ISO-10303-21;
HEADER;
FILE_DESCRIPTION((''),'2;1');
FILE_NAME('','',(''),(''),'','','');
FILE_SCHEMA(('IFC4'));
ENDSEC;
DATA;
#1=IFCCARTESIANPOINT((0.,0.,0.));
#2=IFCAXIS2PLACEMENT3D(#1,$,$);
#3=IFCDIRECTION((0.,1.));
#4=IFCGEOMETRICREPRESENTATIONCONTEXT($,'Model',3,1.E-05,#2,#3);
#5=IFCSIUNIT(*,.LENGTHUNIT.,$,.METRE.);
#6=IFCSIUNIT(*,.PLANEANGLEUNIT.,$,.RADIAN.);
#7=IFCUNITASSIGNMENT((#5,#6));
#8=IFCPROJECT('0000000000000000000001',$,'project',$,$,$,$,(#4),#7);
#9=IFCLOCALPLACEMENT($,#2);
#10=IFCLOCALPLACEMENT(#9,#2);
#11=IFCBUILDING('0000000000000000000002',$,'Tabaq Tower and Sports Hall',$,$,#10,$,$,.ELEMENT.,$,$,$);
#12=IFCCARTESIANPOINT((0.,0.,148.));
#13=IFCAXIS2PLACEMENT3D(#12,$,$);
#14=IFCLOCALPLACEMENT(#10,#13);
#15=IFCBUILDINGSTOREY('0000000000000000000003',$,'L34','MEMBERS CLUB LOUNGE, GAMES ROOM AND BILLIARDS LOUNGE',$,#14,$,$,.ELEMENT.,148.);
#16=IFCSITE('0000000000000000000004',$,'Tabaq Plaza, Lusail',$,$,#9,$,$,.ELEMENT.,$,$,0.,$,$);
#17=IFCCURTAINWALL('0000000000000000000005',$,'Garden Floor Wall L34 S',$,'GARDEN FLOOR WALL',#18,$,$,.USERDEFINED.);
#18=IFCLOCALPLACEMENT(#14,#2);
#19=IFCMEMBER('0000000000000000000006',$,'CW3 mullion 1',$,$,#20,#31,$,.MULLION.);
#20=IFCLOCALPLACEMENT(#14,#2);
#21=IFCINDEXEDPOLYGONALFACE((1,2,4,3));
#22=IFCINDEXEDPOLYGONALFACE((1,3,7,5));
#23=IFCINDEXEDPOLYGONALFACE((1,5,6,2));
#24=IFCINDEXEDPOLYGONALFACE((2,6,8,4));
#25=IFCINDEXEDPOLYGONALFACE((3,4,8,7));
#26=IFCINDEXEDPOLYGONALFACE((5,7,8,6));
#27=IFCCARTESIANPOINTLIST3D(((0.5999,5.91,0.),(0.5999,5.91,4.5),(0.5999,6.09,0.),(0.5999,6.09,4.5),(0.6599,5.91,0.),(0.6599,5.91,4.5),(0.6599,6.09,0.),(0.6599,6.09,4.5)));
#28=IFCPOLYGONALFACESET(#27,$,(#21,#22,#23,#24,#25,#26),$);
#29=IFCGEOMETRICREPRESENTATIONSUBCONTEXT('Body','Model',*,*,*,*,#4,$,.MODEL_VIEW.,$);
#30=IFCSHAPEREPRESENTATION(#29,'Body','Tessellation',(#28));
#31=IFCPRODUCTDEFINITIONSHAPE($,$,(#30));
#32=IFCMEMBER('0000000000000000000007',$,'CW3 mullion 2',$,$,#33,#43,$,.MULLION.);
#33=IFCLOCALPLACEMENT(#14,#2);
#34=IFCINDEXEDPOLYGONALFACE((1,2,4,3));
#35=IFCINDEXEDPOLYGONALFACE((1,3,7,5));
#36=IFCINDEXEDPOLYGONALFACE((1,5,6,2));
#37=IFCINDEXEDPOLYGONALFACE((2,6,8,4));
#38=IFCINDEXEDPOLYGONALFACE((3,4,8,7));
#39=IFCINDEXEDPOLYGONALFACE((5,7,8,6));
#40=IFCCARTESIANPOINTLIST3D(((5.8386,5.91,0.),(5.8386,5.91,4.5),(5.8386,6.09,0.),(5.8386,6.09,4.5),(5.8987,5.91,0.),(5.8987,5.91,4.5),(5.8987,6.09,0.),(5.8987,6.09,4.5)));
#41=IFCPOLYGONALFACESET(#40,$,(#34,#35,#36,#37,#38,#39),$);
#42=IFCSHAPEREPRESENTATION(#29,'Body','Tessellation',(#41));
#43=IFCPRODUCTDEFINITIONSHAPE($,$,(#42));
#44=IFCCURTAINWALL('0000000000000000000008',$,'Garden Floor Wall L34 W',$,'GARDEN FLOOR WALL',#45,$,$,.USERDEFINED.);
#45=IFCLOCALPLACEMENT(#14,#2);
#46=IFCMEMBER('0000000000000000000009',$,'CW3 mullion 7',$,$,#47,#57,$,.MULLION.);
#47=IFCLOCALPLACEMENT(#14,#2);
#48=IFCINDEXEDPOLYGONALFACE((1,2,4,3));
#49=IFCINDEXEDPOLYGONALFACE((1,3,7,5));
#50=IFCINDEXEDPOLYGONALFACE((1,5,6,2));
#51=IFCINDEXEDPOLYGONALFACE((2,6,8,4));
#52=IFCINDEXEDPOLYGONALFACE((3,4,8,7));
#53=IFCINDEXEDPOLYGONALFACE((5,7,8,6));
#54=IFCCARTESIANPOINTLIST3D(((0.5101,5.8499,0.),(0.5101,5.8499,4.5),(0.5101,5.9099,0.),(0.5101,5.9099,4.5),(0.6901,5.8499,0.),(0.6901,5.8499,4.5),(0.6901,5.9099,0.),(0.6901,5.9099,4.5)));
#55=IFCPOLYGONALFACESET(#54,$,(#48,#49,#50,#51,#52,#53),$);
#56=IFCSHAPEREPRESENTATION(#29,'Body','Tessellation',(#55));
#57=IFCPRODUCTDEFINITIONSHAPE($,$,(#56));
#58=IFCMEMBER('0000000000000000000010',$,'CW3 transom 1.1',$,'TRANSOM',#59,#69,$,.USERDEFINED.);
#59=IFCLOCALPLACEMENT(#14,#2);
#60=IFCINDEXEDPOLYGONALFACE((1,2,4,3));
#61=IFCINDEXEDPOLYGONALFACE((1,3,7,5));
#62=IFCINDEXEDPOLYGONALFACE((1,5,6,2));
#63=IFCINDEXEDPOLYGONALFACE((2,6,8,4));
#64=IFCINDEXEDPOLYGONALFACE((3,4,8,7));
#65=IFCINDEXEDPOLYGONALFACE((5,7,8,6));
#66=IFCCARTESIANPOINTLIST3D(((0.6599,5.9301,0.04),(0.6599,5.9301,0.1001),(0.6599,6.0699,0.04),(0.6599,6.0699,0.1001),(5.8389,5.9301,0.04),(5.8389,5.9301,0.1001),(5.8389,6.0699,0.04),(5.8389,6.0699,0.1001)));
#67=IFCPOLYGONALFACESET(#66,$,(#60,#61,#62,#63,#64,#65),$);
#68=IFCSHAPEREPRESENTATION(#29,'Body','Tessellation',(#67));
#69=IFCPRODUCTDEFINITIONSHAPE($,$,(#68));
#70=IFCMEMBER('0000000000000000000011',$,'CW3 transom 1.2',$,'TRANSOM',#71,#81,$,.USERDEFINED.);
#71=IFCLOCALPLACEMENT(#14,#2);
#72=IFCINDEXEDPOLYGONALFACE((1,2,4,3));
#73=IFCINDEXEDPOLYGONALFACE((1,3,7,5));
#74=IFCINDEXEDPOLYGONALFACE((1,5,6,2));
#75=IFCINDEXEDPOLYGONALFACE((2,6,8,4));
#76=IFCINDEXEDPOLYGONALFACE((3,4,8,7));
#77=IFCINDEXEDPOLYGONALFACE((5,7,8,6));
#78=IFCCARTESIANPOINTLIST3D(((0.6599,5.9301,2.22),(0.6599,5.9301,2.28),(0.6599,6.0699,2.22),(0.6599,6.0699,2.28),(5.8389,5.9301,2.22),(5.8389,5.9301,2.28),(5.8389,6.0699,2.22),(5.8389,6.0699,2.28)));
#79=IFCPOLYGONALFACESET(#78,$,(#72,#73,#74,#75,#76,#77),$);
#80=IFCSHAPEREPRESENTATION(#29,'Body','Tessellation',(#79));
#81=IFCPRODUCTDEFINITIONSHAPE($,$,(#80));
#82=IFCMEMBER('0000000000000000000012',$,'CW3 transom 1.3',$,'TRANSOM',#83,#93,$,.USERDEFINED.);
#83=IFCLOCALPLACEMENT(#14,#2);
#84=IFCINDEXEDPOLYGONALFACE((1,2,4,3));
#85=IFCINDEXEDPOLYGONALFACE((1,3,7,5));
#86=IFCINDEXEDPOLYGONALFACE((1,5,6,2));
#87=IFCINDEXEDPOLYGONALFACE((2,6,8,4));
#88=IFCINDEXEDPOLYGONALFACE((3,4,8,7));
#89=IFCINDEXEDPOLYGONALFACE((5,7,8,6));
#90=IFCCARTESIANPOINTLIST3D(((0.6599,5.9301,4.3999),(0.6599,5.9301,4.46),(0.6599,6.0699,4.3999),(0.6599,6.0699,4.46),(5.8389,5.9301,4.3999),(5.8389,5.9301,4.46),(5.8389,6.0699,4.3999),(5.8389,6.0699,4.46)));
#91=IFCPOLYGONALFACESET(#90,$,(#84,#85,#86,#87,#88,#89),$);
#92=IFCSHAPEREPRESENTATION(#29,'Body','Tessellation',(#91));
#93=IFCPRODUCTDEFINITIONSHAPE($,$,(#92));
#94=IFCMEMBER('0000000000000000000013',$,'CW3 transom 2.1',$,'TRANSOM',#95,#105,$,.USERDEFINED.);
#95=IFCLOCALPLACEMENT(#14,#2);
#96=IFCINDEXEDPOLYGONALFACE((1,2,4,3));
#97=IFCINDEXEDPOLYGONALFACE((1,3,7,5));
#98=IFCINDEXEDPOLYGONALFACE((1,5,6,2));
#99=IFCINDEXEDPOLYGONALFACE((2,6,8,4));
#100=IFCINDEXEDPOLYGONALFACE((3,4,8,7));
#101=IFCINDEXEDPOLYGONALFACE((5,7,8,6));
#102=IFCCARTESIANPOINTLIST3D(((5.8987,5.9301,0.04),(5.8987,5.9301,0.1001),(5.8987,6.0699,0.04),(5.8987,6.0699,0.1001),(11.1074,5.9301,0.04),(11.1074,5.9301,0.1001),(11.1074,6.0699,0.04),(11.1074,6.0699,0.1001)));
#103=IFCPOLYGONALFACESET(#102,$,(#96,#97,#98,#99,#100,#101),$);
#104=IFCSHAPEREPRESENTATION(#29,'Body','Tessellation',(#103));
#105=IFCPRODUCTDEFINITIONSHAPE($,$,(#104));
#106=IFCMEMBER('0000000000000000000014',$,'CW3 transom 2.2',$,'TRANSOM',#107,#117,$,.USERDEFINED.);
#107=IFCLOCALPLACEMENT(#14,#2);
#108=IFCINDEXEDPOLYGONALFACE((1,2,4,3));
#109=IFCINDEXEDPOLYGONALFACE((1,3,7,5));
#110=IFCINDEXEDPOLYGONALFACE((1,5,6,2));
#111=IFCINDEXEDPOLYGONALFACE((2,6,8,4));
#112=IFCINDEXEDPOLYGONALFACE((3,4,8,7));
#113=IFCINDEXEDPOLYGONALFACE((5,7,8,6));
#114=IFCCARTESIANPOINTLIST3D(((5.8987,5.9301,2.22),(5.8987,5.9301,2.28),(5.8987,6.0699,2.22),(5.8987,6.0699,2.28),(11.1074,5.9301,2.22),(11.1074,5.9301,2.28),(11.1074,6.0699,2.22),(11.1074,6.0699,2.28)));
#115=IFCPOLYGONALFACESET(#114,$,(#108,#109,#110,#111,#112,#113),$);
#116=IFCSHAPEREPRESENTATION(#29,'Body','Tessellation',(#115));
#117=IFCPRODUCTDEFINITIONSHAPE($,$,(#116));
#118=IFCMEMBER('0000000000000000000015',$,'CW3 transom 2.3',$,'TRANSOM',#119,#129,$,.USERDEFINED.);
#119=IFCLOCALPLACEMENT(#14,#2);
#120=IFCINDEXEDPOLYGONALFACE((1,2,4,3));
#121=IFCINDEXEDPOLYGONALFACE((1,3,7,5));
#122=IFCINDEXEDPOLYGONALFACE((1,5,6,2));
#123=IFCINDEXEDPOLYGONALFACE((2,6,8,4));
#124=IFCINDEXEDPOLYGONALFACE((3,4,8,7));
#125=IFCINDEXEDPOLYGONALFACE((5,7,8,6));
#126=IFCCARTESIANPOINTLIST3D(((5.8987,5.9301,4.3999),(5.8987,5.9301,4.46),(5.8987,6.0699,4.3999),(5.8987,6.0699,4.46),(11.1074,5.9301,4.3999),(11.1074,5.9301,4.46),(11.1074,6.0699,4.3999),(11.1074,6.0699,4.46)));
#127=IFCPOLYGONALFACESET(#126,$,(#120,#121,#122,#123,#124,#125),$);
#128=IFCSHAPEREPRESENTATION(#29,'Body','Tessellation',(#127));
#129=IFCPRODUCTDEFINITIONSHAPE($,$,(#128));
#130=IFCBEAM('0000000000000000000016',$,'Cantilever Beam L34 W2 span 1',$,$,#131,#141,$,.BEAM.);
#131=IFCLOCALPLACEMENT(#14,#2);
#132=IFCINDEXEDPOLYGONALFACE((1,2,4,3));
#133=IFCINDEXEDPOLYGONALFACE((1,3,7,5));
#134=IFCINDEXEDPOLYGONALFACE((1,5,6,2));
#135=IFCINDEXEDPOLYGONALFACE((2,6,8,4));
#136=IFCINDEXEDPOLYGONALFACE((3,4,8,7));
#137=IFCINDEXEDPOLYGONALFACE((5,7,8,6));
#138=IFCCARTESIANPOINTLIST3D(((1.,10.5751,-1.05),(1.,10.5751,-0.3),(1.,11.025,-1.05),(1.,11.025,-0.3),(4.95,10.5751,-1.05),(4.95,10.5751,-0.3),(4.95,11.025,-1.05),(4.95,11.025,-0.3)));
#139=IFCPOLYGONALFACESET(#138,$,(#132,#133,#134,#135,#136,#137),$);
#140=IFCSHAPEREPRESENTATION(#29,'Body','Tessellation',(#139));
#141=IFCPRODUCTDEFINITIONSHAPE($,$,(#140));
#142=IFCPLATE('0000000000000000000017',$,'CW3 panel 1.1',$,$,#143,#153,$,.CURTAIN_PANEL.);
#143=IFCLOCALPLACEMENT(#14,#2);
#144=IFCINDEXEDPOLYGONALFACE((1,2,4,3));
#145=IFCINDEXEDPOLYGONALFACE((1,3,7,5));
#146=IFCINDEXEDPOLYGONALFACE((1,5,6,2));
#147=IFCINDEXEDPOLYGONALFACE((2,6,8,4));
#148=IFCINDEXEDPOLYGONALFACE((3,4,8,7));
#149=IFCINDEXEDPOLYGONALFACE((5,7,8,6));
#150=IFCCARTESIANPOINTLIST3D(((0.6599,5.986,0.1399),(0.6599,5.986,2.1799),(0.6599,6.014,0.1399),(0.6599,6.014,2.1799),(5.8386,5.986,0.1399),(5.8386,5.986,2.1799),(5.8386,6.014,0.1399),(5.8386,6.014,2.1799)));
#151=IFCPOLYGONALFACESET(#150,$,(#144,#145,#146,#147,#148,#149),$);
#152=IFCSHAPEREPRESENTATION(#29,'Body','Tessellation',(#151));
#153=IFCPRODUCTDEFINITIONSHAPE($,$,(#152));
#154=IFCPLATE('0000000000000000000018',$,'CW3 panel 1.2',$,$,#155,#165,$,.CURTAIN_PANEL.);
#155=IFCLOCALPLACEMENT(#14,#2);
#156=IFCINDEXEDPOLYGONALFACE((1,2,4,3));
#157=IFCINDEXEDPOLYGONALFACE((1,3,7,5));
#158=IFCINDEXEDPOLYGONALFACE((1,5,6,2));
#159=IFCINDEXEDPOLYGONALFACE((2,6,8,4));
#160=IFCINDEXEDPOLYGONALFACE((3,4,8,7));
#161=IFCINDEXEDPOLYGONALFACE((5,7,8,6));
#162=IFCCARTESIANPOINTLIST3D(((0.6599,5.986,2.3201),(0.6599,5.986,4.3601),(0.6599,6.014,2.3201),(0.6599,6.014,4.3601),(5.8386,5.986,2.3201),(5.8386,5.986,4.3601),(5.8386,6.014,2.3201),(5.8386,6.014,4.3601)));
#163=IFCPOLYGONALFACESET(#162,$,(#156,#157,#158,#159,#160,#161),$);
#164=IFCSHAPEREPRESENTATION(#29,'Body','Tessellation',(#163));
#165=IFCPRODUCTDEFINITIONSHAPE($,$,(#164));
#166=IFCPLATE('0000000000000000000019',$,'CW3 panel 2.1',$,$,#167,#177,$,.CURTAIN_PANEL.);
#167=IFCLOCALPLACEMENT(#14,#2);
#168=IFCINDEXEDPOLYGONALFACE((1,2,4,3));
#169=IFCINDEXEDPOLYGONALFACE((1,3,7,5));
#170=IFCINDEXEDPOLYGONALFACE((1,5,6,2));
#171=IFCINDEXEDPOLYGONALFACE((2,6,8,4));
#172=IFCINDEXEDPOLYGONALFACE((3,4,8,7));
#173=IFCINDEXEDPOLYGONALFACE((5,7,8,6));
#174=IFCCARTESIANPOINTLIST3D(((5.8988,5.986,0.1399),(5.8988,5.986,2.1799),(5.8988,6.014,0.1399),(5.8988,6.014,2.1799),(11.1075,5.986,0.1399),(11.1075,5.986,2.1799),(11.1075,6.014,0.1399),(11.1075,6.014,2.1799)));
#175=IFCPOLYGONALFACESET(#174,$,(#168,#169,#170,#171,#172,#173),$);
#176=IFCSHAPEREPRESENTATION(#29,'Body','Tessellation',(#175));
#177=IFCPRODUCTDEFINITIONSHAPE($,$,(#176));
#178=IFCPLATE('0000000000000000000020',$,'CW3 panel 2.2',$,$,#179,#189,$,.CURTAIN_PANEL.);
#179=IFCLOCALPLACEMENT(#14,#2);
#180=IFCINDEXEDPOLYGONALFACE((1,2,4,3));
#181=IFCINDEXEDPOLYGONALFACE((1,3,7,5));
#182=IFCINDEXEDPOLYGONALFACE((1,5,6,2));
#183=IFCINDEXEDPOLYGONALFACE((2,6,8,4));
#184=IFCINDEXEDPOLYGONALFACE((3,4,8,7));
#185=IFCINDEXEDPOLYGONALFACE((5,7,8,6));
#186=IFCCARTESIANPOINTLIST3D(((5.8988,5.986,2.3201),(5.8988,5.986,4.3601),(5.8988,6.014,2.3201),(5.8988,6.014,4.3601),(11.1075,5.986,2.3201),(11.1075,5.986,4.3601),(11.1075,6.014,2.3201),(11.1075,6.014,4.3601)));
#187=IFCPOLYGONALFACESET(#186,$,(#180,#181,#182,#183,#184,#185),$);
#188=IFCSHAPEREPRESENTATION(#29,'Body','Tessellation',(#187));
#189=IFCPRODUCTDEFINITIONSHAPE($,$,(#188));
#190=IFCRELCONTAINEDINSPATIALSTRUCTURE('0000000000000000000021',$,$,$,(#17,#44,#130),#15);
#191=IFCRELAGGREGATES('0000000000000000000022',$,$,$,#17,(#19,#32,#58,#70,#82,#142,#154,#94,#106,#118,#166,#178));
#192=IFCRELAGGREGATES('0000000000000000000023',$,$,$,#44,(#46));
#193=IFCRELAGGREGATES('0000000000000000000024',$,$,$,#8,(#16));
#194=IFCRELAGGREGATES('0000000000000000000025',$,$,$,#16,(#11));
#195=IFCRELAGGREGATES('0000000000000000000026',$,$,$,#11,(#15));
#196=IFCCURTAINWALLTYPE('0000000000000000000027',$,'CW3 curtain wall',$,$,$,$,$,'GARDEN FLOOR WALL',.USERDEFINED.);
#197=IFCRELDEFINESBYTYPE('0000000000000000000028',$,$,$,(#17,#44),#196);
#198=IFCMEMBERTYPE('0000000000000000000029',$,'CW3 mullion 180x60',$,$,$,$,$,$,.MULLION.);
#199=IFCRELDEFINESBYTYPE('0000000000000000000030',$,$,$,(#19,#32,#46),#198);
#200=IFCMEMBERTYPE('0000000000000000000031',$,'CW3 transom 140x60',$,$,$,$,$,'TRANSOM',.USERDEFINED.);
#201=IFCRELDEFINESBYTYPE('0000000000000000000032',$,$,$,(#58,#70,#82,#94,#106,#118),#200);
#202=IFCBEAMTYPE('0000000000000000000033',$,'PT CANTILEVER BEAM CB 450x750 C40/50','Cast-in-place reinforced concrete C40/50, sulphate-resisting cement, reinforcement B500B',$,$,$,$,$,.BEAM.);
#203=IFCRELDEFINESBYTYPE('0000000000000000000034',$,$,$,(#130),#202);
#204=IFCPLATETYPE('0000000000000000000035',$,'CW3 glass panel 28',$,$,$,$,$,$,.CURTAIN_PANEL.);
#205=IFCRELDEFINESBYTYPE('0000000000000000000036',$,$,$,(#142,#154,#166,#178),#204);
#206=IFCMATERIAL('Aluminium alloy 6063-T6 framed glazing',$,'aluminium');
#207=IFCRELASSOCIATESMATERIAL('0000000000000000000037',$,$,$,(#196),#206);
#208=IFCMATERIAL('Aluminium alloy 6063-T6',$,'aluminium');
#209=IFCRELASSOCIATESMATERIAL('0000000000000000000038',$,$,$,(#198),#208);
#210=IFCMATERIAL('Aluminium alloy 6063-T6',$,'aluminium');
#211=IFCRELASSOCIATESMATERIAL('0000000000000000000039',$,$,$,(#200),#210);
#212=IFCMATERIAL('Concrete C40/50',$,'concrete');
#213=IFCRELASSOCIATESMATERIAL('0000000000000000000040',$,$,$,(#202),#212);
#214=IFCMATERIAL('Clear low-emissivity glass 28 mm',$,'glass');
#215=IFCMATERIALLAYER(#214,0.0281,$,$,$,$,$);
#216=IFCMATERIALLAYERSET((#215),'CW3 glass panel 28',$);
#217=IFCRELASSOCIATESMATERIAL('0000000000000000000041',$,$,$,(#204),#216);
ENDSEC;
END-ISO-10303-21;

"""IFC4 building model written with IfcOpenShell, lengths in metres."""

from ifc_helpers import new_model, si_unit, direction, frame, origin, origin_2d, place, context, subcontext, project, spatial, rectangle, extrude, material, layer, layer_set, material_profile, profile_set, type_object, element, aggregate, save


model = new_model("IFC4")

# Units and contexts
model_context = context("Model", 3, precision=1e-05, world=origin(), true_north=direction((0.0, 1.0)))
body_context = subcontext(model_context, "Body", "Model", "MODEL_VIEW")
ifc_project = project(units=[si_unit("LENGTHUNIT", "METRE"), si_unit("PLANEANGLEUNIT", "RADIAN")], contexts=[model_context])

# Site, building, storey
site_placement = place(None, origin())
site = spatial("IfcSite", under=ifc_project, at=site_placement, Name="Tabaq Plaza, Lusail", CompositionType="ELEMENT", RefElevation=0.0)
building_placement = place(site_placement, origin())
building = spatial("IfcBuilding", under=site, at=building_placement, Name="Tabaq Tower and Sports Hall", CompositionType="ELEMENT")
storey_placement = place(building_placement, frame((0.0, 0.0, 148.0)))
storey = spatial("IfcBuildingStorey", under=building, at=storey_placement, Name="L34", Description="MEMBERS CLUB LOUNGE, GAMES ROOM AND BILLIARDS LOUNGE", CompositionType="ELEMENT", Elevation=148.0)

# Curtain wall, members
ifc_material_1 = material(Name="Aluminium alloy 6063-T6 framed glazing", Category="aluminium")
curtain_wall_type = type_object("IfcCurtainWallType", Name="CW3 curtain wall", ElementType="GARDEN FLOOR WALL", PredefinedType="USERDEFINED", material=ifc_material_1)
curtain_wall_1_placement = place(storey_placement, origin())
curtain_wall_1 = element("IfcCurtainWall", 1, at=curtain_wall_1_placement, inside=storey, type_object=curtain_wall_type, Name="Garden Floor Wall L34 S", ObjectType="GARDEN FLOOR WALL", PredefinedType="USERDEFINED")
ifc_material_2 = material(Name="Aluminium alloy 6063-T6", Category="aluminium")
ifc_material_profile_1 = material_profile(ifc_material_2, rectangle(XDim=0.1799, YDim=0.0601, at=origin_2d()), Name="MULLION 180x60")
ifc_profile_set_1 = profile_set([ifc_material_profile_1], Name="Aluminium alloy 6063-T6")
member_type_1 = type_object("IfcMemberType", Name="CW3 mullion 180x60", PredefinedType="MULLION", material=ifc_profile_set_1)
member_1_placement = place(storey_placement, frame((0.6299, 6.0, 0.0), z_axis=(0.0, 0.0, 1.0), x_axis=(0.0, 1.0, 0.0)))
member_1 = element("IfcMember", 2, at=member_1_placement, type_object=member_type_1, Name="CW3 mullion 1", PredefinedType="MULLION", context=body_context, shape_type="SweptSolid", body=[
    extrude(rectangle(XDim=0.1799, YDim=0.0601, at=origin_2d()), origin(), (0.0, 0.0, 1.0), 4.5),
])
member_2_placement = place(storey_placement, frame((5.8687, 6.0, 0.0), z_axis=(0.0, 0.0, 1.0), x_axis=(0.0, 1.0, 0.0)))
member_2 = element("IfcMember", 3, at=member_2_placement, type_object=member_type_1, Name="CW3 mullion 2", PredefinedType="MULLION", context=body_context, shape_type="SweptSolid", body=[
    extrude(rectangle(XDim=0.1799, YDim=0.0601, at=origin_2d()), origin(), (0.0, 0.0, 1.0), 4.5),
])

# Curtain wall, member
curtain_wall_2_placement = place(storey_placement, origin())
curtain_wall_2 = element("IfcCurtainWall", 4, at=curtain_wall_2_placement, inside=storey, type_object=curtain_wall_type, Name="Garden Floor Wall L34 W", ObjectType="GARDEN FLOOR WALL", PredefinedType="USERDEFINED")
member_3_placement = place(storey_placement, frame((0.6001, 5.8799, 0.0), z_axis=(0.0, 0.0, 1.0), x_axis=(1.0, 0.0, 0.0)))
member_3 = element("IfcMember", 5, at=member_3_placement, type_object=member_type_1, Name="CW3 mullion 7", PredefinedType="MULLION", context=body_context, shape_type="SweptSolid", body=[
    extrude(rectangle(XDim=0.1799, YDim=0.0601, at=origin_2d()), origin(), (0.0, 0.0, 1.0), 4.5),
])

# Members
ifc_material_3 = material(Name="Aluminium alloy 6063-T6", Category="aluminium")
ifc_material_profile_2 = material_profile(ifc_material_3, rectangle(XDim=0.1399, YDim=0.0601, at=origin_2d()), Name="TRANSOM 140x60")
ifc_profile_set_2 = profile_set([ifc_material_profile_2], Name="Aluminium alloy 6063-T6")
member_type_2 = type_object("IfcMemberType", Name="CW3 transom 140x60", ElementType="TRANSOM", PredefinedType="USERDEFINED", material=ifc_profile_set_2)
member_4_placement = place(storey_placement, frame((0.6599, 6.0, 0.0701), z_axis=(1.0, 0.0, 0.0), x_axis=(0.0, 1.0, 0.0)))
member_4 = element("IfcMember", 6, at=member_4_placement, type_object=member_type_2, Name="CW3 transom 1.1", ObjectType="TRANSOM", PredefinedType="USERDEFINED", context=body_context, shape_type="SweptSolid", body=[
    extrude(rectangle(XDim=0.1399, YDim=0.0601, at=origin_2d()), origin(), (0.0, 0.0, 1.0), 5.179),
])
member_5_placement = place(storey_placement, frame((0.6599, 6.0, 2.25), z_axis=(1.0, 0.0, 0.0), x_axis=(0.0, 1.0, 0.0)))
member_5 = element("IfcMember", 7, at=member_5_placement, type_object=member_type_2, Name="CW3 transom 1.2", ObjectType="TRANSOM", PredefinedType="USERDEFINED", context=body_context, shape_type="SweptSolid", body=[
    extrude(rectangle(XDim=0.1399, YDim=0.0601, at=origin_2d()), origin(), (0.0, 0.0, 1.0), 5.179),
])
member_6_placement = place(storey_placement, frame((0.6599, 6.0, 4.4299), z_axis=(1.0, 0.0, 0.0), x_axis=(0.0, 1.0, 0.0)))
member_6 = element("IfcMember", 8, at=member_6_placement, type_object=member_type_2, Name="CW3 transom 1.3", ObjectType="TRANSOM", PredefinedType="USERDEFINED", context=body_context, shape_type="SweptSolid", body=[
    extrude(rectangle(XDim=0.1399, YDim=0.0601, at=origin_2d()), origin(), (0.0, 0.0, 1.0), 5.179),
])
member_7_placement = place(storey_placement, frame((5.8987, 6.0, 0.0701), z_axis=(1.0, 0.0, 0.0), x_axis=(0.0, 1.0, 0.0)))
member_7 = element("IfcMember", 9, at=member_7_placement, type_object=member_type_2, Name="CW3 transom 2.1", ObjectType="TRANSOM", PredefinedType="USERDEFINED", context=body_context, shape_type="SweptSolid", body=[
    extrude(rectangle(XDim=0.1399, YDim=0.0601, at=origin_2d()), origin(), (0.0, 0.0, 1.0), 5.2087),
])
member_8_placement = place(storey_placement, frame((5.8987, 6.0, 2.25), z_axis=(1.0, 0.0, 0.0), x_axis=(0.0, 1.0, 0.0)))
member_8 = element("IfcMember", 10, at=member_8_placement, type_object=member_type_2, Name="CW3 transom 2.2", ObjectType="TRANSOM", PredefinedType="USERDEFINED", context=body_context, shape_type="SweptSolid", body=[
    extrude(rectangle(XDim=0.1399, YDim=0.0601, at=origin_2d()), origin(), (0.0, 0.0, 1.0), 5.2087),
])
member_9_placement = place(storey_placement, frame((5.8987, 6.0, 4.4299), z_axis=(1.0, 0.0, 0.0), x_axis=(0.0, 1.0, 0.0)))
member_9 = element("IfcMember", 11, at=member_9_placement, type_object=member_type_2, Name="CW3 transom 2.3", ObjectType="TRANSOM", PredefinedType="USERDEFINED", context=body_context, shape_type="SweptSolid", body=[
    extrude(rectangle(XDim=0.1399, YDim=0.0601, at=origin_2d()), origin(), (0.0, 0.0, 1.0), 5.2087),
])

# Beam
ifc_material_4 = material(Name="Concrete C40/50", Category="concrete")
ifc_material_profile_3 = material_profile(ifc_material_4, rectangle(XDim=0.45, YDim=0.75, at=origin_2d()), Name="CB 450x750")
ifc_profile_set_3 = profile_set([ifc_material_profile_3], Name="Concrete C40/50")
beam_type = type_object("IfcBeamType", Name="PT CANTILEVER BEAM CB 450x750 C40/50", Description="Cast-in-place reinforced concrete C40/50, sulphate-resisting cement, reinforcement B500B", PredefinedType="BEAM", material=ifc_profile_set_3)
beam_placement = place(storey_placement, frame((1.0, 10.8, -0.675), z_axis=(1.0, 0.0, 0.0), x_axis=(0.0, 1.0, 0.0)))
element("IfcBeam", 12, at=beam_placement, inside=storey, type_object=beam_type, Name="Cantilever Beam L34 W2 span 1", PredefinedType="BEAM", context=body_context, shape_type="SweptSolid", body=[
    extrude(rectangle(XDim=0.45, YDim=0.75, at=origin_2d()), origin(), (0.0, 0.0, 1.0), 3.95),
])

# Plates
ifc_material_5 = material(Name="Clear low-emissivity glass 28 mm", Category="glass")
ifc_layer_1 = layer(ifc_material_5, 0.0281)
ifc_layer_set_1 = layer_set([ifc_layer_1], Name="CW3 glass panel 28")
plate_type_1 = type_object("IfcPlateType", Name="CW3 glass panel 28", PredefinedType="CURTAIN_PANEL", material=ifc_layer_set_1)
plate_1_placement = place(storey_placement, frame((3.2493, 6.0, 0.1399), z_axis=(0.0, 0.0, 1.0), x_axis=(1.0, 0.0, 0.0)))
plate_1 = element("IfcPlate", 13, at=plate_1_placement, type_object=plate_type_1, Name="CW3 panel 1.1", PredefinedType="CURTAIN_PANEL", context=body_context, shape_type="SweptSolid", body=[
    extrude(rectangle(XDim=5.1787, YDim=0.0281, at=origin_2d()), origin(), (0.0, 0.0, 1.0), 2.04),
])
plate_2_placement = place(storey_placement, frame((3.2493, 6.0, 2.3201), z_axis=(0.0, 0.0, 1.0), x_axis=(1.0, 0.0, 0.0)))
plate_2 = element("IfcPlate", 14, at=plate_2_placement, type_object=plate_type_1, Name="CW3 panel 1.2", PredefinedType="CURTAIN_PANEL", context=body_context, shape_type="SweptSolid", body=[
    extrude(rectangle(XDim=5.1787, YDim=0.0281, at=origin_2d()), origin(), (0.0, 0.0, 1.0), 2.04),
])
plate_3_placement = place(storey_placement, frame((8.5032, 6.0, 0.1399), z_axis=(0.0, 0.0, 1.0), x_axis=(1.0, 0.0, 0.0)))
plate_3 = element("IfcPlate", 15, at=plate_3_placement, type_object=plate_type_1, Name="CW3 panel 2.1", PredefinedType="CURTAIN_PANEL", context=body_context, shape_type="SweptSolid", body=[
    extrude(rectangle(XDim=5.2087, YDim=0.0281, at=origin_2d()), origin(), (0.0, 0.0, 1.0), 2.04),
])
plate_4_placement = place(storey_placement, frame((8.5032, 6.0, 2.3201), z_axis=(0.0, 0.0, 1.0), x_axis=(1.0, 0.0, 0.0)))
plate_4 = element("IfcPlate", 16, at=plate_4_placement, type_object=plate_type_1, Name="CW3 panel 2.2", PredefinedType="CURTAIN_PANEL", context=body_context, shape_type="SweptSolid", body=[
    extrude(rectangle(XDim=5.2087, YDim=0.0281, at=origin_2d()), origin(), (0.0, 0.0, 1.0), 2.04),
])
aggregate(curtain_wall_1, [member_1, member_2, member_4, member_5, member_6, plate_1, plate_2, member_7, member_8, member_9, plate_3, plate_4])
aggregate(curtain_wall_2, [member_3])

save(model, "model.ifc")
